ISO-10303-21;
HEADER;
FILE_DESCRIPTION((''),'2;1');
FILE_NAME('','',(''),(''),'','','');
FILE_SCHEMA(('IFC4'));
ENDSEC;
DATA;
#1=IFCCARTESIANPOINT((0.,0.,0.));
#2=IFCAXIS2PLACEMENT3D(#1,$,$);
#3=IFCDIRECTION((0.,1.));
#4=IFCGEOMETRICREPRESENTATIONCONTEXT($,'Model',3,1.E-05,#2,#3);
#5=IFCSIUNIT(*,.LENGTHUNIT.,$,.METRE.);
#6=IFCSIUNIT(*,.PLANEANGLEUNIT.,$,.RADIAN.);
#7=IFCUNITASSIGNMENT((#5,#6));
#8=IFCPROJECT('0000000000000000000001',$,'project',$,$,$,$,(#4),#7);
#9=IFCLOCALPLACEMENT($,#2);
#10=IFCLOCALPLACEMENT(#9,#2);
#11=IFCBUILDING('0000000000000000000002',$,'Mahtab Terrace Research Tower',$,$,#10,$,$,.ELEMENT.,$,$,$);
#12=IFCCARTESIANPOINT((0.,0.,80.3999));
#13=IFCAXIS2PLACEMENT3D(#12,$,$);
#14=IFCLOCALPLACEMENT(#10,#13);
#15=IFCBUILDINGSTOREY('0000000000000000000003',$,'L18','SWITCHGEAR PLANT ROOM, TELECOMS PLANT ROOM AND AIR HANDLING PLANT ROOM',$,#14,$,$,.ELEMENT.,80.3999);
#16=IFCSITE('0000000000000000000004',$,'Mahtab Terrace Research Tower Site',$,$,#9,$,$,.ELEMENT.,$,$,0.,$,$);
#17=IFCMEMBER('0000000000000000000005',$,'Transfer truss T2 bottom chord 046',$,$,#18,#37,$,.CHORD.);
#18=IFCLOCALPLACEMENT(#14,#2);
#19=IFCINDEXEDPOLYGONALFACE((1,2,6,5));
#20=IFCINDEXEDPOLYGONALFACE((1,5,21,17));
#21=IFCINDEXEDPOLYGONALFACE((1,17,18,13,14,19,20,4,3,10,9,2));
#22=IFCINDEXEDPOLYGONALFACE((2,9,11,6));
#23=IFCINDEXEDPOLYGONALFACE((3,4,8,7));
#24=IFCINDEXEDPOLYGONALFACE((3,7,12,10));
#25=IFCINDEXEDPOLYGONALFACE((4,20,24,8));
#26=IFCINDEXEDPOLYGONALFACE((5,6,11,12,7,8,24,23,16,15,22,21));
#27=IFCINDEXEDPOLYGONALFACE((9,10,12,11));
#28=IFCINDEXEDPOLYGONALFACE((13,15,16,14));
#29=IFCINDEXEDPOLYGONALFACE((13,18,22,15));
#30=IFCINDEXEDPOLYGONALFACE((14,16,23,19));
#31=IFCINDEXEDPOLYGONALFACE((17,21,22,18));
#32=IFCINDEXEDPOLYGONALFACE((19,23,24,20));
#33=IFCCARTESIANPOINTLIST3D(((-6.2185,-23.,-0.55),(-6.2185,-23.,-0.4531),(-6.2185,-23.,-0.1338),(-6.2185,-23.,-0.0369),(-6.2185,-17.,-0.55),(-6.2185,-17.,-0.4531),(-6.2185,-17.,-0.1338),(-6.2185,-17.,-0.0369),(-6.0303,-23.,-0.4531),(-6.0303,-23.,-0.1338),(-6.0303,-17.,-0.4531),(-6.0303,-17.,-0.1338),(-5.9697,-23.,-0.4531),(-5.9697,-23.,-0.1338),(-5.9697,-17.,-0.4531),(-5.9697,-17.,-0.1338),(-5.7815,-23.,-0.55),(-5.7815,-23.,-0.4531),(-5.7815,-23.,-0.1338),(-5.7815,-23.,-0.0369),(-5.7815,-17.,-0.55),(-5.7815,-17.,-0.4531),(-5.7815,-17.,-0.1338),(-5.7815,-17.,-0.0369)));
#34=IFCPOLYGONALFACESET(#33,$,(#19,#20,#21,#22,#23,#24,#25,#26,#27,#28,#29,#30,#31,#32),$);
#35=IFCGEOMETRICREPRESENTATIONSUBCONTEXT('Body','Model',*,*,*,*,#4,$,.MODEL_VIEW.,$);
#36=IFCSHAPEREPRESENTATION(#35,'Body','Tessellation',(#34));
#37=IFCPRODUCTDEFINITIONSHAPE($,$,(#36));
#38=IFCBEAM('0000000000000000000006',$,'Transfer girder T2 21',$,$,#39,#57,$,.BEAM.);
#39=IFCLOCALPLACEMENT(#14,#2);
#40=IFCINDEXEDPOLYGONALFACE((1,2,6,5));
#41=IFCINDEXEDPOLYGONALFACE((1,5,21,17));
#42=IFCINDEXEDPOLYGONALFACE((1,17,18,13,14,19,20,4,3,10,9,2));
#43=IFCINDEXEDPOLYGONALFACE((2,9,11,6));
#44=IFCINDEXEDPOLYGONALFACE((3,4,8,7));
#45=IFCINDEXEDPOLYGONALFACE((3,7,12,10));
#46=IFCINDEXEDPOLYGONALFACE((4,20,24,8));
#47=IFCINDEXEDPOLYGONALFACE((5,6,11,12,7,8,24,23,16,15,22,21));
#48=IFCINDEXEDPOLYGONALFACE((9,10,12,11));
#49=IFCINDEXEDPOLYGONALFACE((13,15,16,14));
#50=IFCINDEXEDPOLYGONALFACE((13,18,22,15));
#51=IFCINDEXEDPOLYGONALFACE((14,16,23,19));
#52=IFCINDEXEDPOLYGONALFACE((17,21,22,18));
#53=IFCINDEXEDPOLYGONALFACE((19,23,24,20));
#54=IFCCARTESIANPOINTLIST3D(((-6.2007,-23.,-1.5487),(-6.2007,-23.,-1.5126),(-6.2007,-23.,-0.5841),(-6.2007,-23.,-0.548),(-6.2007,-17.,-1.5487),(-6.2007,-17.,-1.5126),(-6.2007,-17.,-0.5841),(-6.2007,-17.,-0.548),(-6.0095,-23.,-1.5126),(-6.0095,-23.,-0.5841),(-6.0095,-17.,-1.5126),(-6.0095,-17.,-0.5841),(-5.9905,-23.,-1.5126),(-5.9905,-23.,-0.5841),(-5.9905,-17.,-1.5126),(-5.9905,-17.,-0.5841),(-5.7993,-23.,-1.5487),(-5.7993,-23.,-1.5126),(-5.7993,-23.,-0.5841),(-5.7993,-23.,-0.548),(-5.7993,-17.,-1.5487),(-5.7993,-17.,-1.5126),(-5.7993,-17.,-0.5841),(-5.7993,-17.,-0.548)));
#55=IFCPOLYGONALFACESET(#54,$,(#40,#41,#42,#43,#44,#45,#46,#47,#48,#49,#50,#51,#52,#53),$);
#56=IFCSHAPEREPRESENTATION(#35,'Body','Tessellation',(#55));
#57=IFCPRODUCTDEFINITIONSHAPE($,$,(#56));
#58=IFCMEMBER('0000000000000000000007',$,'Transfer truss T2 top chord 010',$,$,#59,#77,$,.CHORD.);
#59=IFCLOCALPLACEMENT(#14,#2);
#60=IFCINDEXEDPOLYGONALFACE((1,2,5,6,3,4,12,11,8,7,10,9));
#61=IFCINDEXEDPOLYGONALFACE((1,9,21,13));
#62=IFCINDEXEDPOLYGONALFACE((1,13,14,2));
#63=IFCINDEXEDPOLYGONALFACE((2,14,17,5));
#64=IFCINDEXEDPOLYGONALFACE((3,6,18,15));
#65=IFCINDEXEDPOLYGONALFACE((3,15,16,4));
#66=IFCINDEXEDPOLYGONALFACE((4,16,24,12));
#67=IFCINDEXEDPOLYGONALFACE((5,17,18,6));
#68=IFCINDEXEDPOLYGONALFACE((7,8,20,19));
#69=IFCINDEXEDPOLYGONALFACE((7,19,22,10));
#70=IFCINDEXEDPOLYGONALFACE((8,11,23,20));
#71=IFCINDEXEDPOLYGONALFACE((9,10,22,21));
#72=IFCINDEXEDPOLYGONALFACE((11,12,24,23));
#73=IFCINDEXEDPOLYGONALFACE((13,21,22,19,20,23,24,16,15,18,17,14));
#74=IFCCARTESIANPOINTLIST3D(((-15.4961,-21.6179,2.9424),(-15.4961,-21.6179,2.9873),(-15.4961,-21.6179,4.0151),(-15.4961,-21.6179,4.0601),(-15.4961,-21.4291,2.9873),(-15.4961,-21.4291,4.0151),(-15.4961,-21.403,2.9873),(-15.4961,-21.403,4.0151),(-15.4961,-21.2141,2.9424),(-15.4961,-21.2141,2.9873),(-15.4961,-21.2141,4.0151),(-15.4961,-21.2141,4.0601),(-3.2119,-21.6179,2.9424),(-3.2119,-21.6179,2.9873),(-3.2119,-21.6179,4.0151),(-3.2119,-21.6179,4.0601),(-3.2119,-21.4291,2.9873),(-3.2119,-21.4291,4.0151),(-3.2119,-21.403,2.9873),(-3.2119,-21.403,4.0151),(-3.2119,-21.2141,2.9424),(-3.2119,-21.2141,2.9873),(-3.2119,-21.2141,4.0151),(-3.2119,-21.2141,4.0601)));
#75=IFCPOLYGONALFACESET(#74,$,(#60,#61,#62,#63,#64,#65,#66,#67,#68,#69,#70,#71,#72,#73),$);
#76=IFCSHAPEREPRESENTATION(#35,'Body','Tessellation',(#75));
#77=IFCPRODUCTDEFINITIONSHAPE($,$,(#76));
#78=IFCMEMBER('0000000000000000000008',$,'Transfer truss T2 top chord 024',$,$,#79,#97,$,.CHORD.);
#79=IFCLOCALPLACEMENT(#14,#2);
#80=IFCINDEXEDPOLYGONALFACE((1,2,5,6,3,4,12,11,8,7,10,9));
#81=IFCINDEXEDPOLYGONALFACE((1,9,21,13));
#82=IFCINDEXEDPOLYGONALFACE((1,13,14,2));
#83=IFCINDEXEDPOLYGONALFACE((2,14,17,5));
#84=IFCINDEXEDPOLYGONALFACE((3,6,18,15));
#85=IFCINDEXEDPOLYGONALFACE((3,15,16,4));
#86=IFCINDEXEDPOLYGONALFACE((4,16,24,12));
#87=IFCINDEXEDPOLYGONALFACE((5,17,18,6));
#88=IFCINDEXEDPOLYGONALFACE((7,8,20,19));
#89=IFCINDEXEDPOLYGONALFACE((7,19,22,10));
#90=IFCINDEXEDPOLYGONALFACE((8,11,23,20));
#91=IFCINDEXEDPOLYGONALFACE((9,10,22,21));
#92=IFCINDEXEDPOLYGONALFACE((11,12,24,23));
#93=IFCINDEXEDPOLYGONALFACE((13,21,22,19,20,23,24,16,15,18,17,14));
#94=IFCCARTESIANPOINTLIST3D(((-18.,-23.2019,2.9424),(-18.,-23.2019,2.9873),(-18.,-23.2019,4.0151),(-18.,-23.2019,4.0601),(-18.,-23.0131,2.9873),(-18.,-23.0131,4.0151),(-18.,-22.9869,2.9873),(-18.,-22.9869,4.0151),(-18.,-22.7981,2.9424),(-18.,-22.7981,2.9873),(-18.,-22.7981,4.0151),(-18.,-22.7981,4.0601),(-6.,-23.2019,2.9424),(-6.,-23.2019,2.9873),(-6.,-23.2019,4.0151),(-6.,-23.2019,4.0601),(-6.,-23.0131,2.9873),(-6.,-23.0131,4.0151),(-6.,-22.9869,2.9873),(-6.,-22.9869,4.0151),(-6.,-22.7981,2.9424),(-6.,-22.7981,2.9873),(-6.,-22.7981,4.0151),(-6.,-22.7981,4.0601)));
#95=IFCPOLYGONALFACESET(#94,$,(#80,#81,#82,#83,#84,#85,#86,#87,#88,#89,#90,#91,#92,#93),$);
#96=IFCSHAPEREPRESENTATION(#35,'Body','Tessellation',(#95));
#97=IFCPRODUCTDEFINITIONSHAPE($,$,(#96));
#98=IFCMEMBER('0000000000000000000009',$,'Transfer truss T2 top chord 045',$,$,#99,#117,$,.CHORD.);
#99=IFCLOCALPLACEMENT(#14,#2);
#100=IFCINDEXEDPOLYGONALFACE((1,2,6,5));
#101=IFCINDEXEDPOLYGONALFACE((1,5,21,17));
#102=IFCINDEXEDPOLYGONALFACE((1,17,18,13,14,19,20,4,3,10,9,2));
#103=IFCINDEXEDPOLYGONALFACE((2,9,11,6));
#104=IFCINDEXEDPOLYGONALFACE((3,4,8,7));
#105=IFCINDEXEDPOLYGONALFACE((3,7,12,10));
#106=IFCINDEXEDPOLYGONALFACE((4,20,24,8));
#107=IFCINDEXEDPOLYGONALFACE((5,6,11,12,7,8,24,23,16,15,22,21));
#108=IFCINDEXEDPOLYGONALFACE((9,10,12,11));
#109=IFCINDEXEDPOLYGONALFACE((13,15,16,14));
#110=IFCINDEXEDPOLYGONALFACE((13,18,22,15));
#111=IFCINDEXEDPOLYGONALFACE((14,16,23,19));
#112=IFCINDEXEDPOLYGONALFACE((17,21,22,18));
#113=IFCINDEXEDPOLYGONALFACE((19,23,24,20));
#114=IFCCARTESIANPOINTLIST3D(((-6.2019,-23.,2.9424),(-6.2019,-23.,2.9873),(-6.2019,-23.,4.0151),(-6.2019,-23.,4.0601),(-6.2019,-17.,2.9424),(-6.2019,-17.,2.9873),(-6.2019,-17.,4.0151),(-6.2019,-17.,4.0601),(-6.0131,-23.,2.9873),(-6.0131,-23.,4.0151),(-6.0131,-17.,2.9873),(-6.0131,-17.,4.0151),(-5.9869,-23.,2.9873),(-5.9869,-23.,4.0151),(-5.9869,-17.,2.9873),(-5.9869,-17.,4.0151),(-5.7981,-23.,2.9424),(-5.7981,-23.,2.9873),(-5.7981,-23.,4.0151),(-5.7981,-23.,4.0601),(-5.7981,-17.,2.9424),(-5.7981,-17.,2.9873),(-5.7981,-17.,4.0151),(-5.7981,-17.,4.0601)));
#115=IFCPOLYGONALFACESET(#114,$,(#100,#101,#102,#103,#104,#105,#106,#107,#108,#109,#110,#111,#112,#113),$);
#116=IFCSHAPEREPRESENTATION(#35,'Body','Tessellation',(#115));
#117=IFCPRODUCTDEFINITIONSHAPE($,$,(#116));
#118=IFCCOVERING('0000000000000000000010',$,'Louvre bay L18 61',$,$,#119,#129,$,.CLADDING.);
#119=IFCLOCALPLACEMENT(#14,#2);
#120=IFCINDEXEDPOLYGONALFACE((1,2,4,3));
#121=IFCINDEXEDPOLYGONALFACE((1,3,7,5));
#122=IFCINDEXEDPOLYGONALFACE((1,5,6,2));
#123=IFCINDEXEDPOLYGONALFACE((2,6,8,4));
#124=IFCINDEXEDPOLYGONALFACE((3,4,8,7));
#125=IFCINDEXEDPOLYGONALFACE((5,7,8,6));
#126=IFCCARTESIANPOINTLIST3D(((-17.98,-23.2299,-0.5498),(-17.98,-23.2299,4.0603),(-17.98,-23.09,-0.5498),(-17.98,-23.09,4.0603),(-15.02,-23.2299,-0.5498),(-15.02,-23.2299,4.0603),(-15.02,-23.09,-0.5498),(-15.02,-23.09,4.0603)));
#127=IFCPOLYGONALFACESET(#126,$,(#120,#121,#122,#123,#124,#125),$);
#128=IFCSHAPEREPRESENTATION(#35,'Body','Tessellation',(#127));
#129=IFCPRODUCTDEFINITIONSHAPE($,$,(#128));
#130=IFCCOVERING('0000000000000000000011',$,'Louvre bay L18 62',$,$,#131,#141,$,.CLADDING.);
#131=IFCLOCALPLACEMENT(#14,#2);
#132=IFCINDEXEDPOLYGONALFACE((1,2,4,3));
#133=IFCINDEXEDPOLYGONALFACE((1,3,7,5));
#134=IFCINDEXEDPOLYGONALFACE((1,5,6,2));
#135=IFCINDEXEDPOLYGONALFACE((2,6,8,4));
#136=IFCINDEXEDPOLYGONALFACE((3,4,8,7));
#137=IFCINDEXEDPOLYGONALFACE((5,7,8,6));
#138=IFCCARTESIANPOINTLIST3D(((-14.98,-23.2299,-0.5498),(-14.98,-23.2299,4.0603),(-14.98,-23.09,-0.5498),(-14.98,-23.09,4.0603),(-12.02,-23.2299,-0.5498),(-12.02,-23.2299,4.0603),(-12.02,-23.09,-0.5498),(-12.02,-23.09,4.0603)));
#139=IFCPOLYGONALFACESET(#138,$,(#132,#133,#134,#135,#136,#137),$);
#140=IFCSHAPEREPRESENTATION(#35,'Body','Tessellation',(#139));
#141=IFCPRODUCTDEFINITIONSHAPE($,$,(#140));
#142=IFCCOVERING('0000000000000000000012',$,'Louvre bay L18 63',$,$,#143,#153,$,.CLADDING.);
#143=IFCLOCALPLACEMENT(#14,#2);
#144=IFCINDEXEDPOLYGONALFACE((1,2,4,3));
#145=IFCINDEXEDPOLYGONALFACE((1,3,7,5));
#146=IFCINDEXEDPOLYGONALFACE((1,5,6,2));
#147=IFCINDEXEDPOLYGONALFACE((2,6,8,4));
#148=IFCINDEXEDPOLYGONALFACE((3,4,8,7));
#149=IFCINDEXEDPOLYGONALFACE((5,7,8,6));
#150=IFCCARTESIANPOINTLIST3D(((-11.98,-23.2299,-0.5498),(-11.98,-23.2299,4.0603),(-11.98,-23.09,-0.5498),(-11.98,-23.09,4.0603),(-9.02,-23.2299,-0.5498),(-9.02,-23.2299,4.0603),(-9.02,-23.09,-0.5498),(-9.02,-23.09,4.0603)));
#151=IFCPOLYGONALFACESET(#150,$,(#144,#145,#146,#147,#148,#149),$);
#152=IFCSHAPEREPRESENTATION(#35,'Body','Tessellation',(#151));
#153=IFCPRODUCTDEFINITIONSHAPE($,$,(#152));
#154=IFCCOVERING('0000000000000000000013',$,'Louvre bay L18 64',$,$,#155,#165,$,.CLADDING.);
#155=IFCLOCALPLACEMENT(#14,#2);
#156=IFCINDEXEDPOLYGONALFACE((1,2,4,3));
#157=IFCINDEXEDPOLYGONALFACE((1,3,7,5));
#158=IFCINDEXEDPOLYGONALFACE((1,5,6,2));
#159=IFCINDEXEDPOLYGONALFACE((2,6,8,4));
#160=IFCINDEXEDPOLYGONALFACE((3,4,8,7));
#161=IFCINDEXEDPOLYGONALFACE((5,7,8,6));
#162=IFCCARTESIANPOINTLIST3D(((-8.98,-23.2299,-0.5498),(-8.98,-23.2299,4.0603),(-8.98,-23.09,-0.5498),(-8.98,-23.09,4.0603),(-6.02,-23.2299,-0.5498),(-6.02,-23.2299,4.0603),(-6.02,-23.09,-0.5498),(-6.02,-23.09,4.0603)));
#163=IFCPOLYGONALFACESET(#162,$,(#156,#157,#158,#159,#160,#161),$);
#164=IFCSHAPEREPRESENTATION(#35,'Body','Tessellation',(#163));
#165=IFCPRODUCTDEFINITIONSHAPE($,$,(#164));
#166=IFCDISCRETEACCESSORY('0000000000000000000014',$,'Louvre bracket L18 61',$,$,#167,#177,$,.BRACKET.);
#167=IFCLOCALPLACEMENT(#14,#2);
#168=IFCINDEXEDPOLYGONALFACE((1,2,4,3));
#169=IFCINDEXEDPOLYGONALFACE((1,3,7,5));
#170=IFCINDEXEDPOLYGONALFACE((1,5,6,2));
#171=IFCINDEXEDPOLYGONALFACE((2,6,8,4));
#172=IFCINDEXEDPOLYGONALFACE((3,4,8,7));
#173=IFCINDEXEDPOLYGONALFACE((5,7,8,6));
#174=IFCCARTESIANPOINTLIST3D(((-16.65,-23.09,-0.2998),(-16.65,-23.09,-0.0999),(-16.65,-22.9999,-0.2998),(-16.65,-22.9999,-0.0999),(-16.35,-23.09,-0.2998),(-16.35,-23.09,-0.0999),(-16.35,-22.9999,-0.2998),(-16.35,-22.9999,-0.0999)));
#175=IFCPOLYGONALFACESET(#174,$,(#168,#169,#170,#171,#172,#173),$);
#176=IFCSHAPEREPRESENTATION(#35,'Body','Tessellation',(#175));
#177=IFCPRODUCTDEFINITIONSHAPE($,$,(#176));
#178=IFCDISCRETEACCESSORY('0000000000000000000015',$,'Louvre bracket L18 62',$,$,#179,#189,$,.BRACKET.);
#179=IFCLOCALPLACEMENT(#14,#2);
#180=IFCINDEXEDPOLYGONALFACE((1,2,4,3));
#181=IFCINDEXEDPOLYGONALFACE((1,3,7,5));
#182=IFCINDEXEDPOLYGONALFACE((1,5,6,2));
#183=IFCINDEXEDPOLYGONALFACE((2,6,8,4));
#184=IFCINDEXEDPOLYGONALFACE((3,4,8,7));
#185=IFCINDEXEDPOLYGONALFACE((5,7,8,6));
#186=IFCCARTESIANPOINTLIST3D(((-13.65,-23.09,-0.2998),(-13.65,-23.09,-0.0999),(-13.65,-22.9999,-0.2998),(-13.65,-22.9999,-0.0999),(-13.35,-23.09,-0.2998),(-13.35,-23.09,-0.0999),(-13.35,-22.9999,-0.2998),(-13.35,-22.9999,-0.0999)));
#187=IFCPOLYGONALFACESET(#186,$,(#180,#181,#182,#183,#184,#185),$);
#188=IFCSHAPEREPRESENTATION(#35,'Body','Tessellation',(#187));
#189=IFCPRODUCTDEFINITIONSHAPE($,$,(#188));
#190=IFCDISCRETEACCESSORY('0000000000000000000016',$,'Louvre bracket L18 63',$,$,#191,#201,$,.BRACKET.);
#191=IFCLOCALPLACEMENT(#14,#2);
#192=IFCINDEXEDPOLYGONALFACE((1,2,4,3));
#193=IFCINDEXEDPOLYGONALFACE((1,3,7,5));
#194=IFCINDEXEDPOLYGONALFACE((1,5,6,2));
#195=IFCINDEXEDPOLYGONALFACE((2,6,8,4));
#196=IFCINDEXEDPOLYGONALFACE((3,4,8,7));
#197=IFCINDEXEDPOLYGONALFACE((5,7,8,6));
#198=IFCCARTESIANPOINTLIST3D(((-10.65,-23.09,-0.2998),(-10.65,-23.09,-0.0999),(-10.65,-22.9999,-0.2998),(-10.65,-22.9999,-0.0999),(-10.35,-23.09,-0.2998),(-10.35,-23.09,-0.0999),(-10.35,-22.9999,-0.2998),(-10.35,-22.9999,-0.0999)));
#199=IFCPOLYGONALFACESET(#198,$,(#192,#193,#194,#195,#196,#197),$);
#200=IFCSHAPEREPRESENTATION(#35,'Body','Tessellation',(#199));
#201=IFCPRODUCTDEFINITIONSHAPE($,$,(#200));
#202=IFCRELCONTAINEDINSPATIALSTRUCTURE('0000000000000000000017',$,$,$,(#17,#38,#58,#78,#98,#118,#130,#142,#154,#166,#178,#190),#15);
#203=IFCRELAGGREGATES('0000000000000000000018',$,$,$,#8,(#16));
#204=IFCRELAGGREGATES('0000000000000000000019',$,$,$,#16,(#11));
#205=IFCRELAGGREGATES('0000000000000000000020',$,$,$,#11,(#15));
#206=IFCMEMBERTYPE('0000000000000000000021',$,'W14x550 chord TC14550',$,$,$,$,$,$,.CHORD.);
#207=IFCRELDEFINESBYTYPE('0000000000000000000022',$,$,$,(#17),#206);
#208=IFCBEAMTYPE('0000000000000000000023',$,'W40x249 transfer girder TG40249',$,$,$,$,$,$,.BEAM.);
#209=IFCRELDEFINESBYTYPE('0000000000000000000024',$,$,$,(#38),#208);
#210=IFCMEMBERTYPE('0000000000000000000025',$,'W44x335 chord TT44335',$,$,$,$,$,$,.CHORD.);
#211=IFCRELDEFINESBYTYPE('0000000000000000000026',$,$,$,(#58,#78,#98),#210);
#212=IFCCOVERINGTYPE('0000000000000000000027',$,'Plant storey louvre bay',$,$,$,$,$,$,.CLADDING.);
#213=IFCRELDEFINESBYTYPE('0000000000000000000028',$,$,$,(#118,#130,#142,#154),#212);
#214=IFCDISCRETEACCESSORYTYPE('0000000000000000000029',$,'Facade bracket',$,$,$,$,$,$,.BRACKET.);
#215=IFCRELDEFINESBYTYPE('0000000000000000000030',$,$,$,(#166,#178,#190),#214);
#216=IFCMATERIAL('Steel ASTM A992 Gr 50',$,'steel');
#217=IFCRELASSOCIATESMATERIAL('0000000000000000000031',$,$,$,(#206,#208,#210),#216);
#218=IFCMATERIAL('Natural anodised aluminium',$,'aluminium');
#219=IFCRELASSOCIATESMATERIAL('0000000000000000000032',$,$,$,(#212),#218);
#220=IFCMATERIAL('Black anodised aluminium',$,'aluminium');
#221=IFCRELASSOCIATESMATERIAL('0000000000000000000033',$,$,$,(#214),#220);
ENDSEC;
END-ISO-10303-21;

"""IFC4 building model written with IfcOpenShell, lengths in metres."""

from ifc_helpers import new_model, si_unit, direction, frame, origin, origin_2d, place, context, subcontext, project, spatial, rectangle, i_section, extrude, material, material_profile, profile_set, type_object, element, save


model = new_model("IFC4")

# Units and contexts
model_context = context("Model", 3, precision=1e-05, world=origin(), true_north=direction((0.0, 1.0)))
body_context = subcontext(model_context, "Body", "Model", "MODEL_VIEW")
ifc_project = project(units=[si_unit("LENGTHUNIT", "METRE"), si_unit("PLANEANGLEUNIT", "RADIAN")], contexts=[model_context])

# Site, building, storey
site_placement = place(None, origin())
site = spatial("IfcSite", under=ifc_project, at=site_placement, Name="Mahtab Terrace Research Tower Site", CompositionType="ELEMENT", RefElevation=0.0)
building_placement = place(site_placement, origin())
building = spatial("IfcBuilding", under=site, at=building_placement, Name="Mahtab Terrace Research Tower", CompositionType="ELEMENT")
storey_placement = place(building_placement, frame((0.0, 0.0, 80.3999)))
storey = spatial("IfcBuildingStorey", under=building, at=storey_placement, Name="L18", Description="SWITCHGEAR PLANT ROOM, TELECOMS PLANT ROOM AND AIR HANDLING PLANT ROOM", CompositionType="ELEMENT", Elevation=80.3999)

# Member
ifc_material_1 = material(Name="Steel ASTM A992 Gr 50", Category="steel")
ifc_material_profile_1 = material_profile(ifc_material_1, i_section(OverallWidth=0.437, OverallDepth=0.5132, WebThickness=0.0605, FlangeThickness=0.0969, at=origin_2d()), Name="W14X550")
ifc_profile_set_1 = profile_set([ifc_material_profile_1], Name="Steel ASTM A992 Gr 50")
member_type_1 = type_object("IfcMemberType", Name="W14x550 chord TC14550", PredefinedType="CHORD", material=ifc_profile_set_1)
member_1_placement = place(storey_placement, frame((-6.0, -23.0, -0.2935), z_axis=(0.0, 1.0, 0.0), x_axis=(-1.0, 0.0, 0.0)))
element("IfcMember", 1, at=member_1_placement, inside=storey, type_object=member_type_1, Name="Transfer truss T2 bottom chord 046", PredefinedType="CHORD", context=body_context, shape_type="SweptSolid", body=[
    extrude(i_section(OverallWidth=0.437, OverallDepth=0.5132, WebThickness=0.0605, FlangeThickness=0.0969, at=origin_2d()), origin(), (0.0, 0.0, 1.0), 6.0),
])

# Beam
ifc_material_profile_2 = material_profile(ifc_material_1, i_section(OverallWidth=0.4014, OverallDepth=1.0007, WebThickness=0.019, FlangeThickness=0.0361, at=origin_2d()), Name="W40X249")
ifc_profile_set_2 = profile_set([ifc_material_profile_2], Name="Steel ASTM A992 Gr 50")
beam_type = type_object("IfcBeamType", Name="W40x249 transfer girder TG40249", PredefinedType="BEAM", material=ifc_profile_set_2)
beam_placement = place(storey_placement, frame((-6.0, -23.0, -1.0483), z_axis=(0.0, 1.0, 0.0), x_axis=(-1.0, 0.0, 0.0)))
element("IfcBeam", 2, at=beam_placement, inside=storey, type_object=beam_type, Name="Transfer girder T2 21", PredefinedType="BEAM", context=body_context, shape_type="SweptSolid", body=[
    extrude(i_section(OverallWidth=0.4014, OverallDepth=1.0007, WebThickness=0.019, FlangeThickness=0.0361, at=origin_2d()), origin(), (0.0, 0.0, 1.0), 6.0),
])

# Members
ifc_material_profile_3 = material_profile(ifc_material_1, i_section(OverallWidth=0.4038, OverallDepth=1.1177, WebThickness=0.0261, FlangeThickness=0.0449, at=origin_2d()), Name="W44X335")
ifc_profile_set_3 = profile_set([ifc_material_profile_3], Name="Steel ASTM A992 Gr 50")
member_type_2 = type_object("IfcMemberType", Name="W44x335 chord TT44335", PredefinedType="CHORD", material=ifc_profile_set_3)
member_2_placement = place(storey_placement, frame((-15.4961, -21.416, 3.5012), z_axis=(1.0, 0.0, 0.0), x_axis=(0.0, 1.0, 0.0)))
element("IfcMember", 3, at=member_2_placement, inside=storey, type_object=member_type_2, Name="Transfer truss T2 top chord 010", PredefinedType="CHORD", context=body_context, shape_type="SweptSolid", body=[
    extrude(i_section(OverallWidth=0.4038, OverallDepth=1.1177, WebThickness=0.0261, FlangeThickness=0.0449, at=origin_2d()), origin(), (0.0, 0.0, 1.0), 12.2842),
])
member_3_placement = place(storey_placement, frame((-6.0, -23.0, 3.5012), z_axis=(-1.0, 0.0, 0.0), x_axis=(0.0, -1.0, 0.0)))
element("IfcMember", 4, at=member_3_placement, inside=storey, type_object=member_type_2, Name="Transfer truss T2 top chord 024", PredefinedType="CHORD", context=body_context, shape_type="SweptSolid", body=[
    extrude(i_section(OverallWidth=0.4038, OverallDepth=1.1177, WebThickness=0.0261, FlangeThickness=0.0449, at=origin_2d()), origin(), (0.0, 0.0, 1.0), 12.0),
])
member_4_placement = place(storey_placement, frame((-6.0, -23.0, 3.5012), z_axis=(0.0, 1.0, 0.0), x_axis=(-1.0, 0.0, 0.0)))
element("IfcMember", 5, at=member_4_placement, inside=storey, type_object=member_type_2, Name="Transfer truss T2 top chord 045", PredefinedType="CHORD", context=body_context, shape_type="SweptSolid", body=[
    extrude(i_section(OverallWidth=0.4038, OverallDepth=1.1177, WebThickness=0.0261, FlangeThickness=0.0449, at=origin_2d()), origin(), (0.0, 0.0, 1.0), 6.0),
])

# Coverings
ifc_material_2 = material(Name="Natural anodised aluminium", Category="aluminium")
covering_type = type_object("IfcCoveringType", Name="Plant storey louvre bay", PredefinedType="CLADDING", material=ifc_material_2)
for number, where, z_axis, x_axis, name in (
    (6, (-16.5, -23.1599, -0.5498), (0.0, 0.0, 1.0), (1.0, 0.0, 0.0), "Louvre bay L18 61"),
    (7, (-13.5, -23.1599, -0.5498), (0.0, 0.0, 1.0), (1.0, 0.0, 0.0), "Louvre bay L18 62"),
    (8, (-10.5, -23.1599, -0.5498), (0.0, 0.0, 1.0), (1.0, 0.0, 0.0), "Louvre bay L18 63"),
    (9, (-7.5, -23.1599, -0.5498), (0.0, 0.0, 1.0), (1.0, 0.0, 0.0), "Louvre bay L18 64"),
):
    element("IfcCovering", number, at=place(storey_placement, frame(where, z_axis=z_axis, x_axis=x_axis)), inside=storey, type_object=covering_type, Name=name, PredefinedType="CLADDING", context=body_context, shape_type="SweptSolid", body=[
        extrude(rectangle(XDim=2.96, YDim=0.1399, at=origin_2d()), origin(), (0.0, 0.0, 1.0), 4.6101),
    ])

# Discrete accessories
ifc_material_3 = material(Name="Black anodised aluminium", Category="aluminium")
discrete_accessory_type_1 = type_object("IfcDiscreteAccessoryType", Name="Facade bracket", PredefinedType="BRACKET", material=ifc_material_3)
for number, where, z_axis, x_axis, name in (
    (10, (-16.5, -23.0449, -0.2998), (0.0, 0.0, 1.0), (1.0, 0.0, 0.0), "Louvre bracket L18 61"),
    (11, (-13.5, -23.0449, -0.2998), (0.0, 0.0, 1.0), (1.0, 0.0, 0.0), "Louvre bracket L18 62"),
    (12, (-10.5, -23.0449, -0.2998), (0.0, 0.0, 1.0), (1.0, 0.0, 0.0), "Louvre bracket L18 63"),
):
    element("IfcDiscreteAccessory", number, at=place(storey_placement, frame(where, z_axis=z_axis, x_axis=x_axis)), inside=storey, type_object=discrete_accessory_type_1, Name=name, PredefinedType="BRACKET", context=body_context, shape_type="SweptSolid", body=[
        extrude(rectangle(XDim=0.3, YDim=0.0901, at=origin_2d()), origin(), (0.0, 0.0, 1.0), 0.2),
    ])

save(model, "model.ifc")
